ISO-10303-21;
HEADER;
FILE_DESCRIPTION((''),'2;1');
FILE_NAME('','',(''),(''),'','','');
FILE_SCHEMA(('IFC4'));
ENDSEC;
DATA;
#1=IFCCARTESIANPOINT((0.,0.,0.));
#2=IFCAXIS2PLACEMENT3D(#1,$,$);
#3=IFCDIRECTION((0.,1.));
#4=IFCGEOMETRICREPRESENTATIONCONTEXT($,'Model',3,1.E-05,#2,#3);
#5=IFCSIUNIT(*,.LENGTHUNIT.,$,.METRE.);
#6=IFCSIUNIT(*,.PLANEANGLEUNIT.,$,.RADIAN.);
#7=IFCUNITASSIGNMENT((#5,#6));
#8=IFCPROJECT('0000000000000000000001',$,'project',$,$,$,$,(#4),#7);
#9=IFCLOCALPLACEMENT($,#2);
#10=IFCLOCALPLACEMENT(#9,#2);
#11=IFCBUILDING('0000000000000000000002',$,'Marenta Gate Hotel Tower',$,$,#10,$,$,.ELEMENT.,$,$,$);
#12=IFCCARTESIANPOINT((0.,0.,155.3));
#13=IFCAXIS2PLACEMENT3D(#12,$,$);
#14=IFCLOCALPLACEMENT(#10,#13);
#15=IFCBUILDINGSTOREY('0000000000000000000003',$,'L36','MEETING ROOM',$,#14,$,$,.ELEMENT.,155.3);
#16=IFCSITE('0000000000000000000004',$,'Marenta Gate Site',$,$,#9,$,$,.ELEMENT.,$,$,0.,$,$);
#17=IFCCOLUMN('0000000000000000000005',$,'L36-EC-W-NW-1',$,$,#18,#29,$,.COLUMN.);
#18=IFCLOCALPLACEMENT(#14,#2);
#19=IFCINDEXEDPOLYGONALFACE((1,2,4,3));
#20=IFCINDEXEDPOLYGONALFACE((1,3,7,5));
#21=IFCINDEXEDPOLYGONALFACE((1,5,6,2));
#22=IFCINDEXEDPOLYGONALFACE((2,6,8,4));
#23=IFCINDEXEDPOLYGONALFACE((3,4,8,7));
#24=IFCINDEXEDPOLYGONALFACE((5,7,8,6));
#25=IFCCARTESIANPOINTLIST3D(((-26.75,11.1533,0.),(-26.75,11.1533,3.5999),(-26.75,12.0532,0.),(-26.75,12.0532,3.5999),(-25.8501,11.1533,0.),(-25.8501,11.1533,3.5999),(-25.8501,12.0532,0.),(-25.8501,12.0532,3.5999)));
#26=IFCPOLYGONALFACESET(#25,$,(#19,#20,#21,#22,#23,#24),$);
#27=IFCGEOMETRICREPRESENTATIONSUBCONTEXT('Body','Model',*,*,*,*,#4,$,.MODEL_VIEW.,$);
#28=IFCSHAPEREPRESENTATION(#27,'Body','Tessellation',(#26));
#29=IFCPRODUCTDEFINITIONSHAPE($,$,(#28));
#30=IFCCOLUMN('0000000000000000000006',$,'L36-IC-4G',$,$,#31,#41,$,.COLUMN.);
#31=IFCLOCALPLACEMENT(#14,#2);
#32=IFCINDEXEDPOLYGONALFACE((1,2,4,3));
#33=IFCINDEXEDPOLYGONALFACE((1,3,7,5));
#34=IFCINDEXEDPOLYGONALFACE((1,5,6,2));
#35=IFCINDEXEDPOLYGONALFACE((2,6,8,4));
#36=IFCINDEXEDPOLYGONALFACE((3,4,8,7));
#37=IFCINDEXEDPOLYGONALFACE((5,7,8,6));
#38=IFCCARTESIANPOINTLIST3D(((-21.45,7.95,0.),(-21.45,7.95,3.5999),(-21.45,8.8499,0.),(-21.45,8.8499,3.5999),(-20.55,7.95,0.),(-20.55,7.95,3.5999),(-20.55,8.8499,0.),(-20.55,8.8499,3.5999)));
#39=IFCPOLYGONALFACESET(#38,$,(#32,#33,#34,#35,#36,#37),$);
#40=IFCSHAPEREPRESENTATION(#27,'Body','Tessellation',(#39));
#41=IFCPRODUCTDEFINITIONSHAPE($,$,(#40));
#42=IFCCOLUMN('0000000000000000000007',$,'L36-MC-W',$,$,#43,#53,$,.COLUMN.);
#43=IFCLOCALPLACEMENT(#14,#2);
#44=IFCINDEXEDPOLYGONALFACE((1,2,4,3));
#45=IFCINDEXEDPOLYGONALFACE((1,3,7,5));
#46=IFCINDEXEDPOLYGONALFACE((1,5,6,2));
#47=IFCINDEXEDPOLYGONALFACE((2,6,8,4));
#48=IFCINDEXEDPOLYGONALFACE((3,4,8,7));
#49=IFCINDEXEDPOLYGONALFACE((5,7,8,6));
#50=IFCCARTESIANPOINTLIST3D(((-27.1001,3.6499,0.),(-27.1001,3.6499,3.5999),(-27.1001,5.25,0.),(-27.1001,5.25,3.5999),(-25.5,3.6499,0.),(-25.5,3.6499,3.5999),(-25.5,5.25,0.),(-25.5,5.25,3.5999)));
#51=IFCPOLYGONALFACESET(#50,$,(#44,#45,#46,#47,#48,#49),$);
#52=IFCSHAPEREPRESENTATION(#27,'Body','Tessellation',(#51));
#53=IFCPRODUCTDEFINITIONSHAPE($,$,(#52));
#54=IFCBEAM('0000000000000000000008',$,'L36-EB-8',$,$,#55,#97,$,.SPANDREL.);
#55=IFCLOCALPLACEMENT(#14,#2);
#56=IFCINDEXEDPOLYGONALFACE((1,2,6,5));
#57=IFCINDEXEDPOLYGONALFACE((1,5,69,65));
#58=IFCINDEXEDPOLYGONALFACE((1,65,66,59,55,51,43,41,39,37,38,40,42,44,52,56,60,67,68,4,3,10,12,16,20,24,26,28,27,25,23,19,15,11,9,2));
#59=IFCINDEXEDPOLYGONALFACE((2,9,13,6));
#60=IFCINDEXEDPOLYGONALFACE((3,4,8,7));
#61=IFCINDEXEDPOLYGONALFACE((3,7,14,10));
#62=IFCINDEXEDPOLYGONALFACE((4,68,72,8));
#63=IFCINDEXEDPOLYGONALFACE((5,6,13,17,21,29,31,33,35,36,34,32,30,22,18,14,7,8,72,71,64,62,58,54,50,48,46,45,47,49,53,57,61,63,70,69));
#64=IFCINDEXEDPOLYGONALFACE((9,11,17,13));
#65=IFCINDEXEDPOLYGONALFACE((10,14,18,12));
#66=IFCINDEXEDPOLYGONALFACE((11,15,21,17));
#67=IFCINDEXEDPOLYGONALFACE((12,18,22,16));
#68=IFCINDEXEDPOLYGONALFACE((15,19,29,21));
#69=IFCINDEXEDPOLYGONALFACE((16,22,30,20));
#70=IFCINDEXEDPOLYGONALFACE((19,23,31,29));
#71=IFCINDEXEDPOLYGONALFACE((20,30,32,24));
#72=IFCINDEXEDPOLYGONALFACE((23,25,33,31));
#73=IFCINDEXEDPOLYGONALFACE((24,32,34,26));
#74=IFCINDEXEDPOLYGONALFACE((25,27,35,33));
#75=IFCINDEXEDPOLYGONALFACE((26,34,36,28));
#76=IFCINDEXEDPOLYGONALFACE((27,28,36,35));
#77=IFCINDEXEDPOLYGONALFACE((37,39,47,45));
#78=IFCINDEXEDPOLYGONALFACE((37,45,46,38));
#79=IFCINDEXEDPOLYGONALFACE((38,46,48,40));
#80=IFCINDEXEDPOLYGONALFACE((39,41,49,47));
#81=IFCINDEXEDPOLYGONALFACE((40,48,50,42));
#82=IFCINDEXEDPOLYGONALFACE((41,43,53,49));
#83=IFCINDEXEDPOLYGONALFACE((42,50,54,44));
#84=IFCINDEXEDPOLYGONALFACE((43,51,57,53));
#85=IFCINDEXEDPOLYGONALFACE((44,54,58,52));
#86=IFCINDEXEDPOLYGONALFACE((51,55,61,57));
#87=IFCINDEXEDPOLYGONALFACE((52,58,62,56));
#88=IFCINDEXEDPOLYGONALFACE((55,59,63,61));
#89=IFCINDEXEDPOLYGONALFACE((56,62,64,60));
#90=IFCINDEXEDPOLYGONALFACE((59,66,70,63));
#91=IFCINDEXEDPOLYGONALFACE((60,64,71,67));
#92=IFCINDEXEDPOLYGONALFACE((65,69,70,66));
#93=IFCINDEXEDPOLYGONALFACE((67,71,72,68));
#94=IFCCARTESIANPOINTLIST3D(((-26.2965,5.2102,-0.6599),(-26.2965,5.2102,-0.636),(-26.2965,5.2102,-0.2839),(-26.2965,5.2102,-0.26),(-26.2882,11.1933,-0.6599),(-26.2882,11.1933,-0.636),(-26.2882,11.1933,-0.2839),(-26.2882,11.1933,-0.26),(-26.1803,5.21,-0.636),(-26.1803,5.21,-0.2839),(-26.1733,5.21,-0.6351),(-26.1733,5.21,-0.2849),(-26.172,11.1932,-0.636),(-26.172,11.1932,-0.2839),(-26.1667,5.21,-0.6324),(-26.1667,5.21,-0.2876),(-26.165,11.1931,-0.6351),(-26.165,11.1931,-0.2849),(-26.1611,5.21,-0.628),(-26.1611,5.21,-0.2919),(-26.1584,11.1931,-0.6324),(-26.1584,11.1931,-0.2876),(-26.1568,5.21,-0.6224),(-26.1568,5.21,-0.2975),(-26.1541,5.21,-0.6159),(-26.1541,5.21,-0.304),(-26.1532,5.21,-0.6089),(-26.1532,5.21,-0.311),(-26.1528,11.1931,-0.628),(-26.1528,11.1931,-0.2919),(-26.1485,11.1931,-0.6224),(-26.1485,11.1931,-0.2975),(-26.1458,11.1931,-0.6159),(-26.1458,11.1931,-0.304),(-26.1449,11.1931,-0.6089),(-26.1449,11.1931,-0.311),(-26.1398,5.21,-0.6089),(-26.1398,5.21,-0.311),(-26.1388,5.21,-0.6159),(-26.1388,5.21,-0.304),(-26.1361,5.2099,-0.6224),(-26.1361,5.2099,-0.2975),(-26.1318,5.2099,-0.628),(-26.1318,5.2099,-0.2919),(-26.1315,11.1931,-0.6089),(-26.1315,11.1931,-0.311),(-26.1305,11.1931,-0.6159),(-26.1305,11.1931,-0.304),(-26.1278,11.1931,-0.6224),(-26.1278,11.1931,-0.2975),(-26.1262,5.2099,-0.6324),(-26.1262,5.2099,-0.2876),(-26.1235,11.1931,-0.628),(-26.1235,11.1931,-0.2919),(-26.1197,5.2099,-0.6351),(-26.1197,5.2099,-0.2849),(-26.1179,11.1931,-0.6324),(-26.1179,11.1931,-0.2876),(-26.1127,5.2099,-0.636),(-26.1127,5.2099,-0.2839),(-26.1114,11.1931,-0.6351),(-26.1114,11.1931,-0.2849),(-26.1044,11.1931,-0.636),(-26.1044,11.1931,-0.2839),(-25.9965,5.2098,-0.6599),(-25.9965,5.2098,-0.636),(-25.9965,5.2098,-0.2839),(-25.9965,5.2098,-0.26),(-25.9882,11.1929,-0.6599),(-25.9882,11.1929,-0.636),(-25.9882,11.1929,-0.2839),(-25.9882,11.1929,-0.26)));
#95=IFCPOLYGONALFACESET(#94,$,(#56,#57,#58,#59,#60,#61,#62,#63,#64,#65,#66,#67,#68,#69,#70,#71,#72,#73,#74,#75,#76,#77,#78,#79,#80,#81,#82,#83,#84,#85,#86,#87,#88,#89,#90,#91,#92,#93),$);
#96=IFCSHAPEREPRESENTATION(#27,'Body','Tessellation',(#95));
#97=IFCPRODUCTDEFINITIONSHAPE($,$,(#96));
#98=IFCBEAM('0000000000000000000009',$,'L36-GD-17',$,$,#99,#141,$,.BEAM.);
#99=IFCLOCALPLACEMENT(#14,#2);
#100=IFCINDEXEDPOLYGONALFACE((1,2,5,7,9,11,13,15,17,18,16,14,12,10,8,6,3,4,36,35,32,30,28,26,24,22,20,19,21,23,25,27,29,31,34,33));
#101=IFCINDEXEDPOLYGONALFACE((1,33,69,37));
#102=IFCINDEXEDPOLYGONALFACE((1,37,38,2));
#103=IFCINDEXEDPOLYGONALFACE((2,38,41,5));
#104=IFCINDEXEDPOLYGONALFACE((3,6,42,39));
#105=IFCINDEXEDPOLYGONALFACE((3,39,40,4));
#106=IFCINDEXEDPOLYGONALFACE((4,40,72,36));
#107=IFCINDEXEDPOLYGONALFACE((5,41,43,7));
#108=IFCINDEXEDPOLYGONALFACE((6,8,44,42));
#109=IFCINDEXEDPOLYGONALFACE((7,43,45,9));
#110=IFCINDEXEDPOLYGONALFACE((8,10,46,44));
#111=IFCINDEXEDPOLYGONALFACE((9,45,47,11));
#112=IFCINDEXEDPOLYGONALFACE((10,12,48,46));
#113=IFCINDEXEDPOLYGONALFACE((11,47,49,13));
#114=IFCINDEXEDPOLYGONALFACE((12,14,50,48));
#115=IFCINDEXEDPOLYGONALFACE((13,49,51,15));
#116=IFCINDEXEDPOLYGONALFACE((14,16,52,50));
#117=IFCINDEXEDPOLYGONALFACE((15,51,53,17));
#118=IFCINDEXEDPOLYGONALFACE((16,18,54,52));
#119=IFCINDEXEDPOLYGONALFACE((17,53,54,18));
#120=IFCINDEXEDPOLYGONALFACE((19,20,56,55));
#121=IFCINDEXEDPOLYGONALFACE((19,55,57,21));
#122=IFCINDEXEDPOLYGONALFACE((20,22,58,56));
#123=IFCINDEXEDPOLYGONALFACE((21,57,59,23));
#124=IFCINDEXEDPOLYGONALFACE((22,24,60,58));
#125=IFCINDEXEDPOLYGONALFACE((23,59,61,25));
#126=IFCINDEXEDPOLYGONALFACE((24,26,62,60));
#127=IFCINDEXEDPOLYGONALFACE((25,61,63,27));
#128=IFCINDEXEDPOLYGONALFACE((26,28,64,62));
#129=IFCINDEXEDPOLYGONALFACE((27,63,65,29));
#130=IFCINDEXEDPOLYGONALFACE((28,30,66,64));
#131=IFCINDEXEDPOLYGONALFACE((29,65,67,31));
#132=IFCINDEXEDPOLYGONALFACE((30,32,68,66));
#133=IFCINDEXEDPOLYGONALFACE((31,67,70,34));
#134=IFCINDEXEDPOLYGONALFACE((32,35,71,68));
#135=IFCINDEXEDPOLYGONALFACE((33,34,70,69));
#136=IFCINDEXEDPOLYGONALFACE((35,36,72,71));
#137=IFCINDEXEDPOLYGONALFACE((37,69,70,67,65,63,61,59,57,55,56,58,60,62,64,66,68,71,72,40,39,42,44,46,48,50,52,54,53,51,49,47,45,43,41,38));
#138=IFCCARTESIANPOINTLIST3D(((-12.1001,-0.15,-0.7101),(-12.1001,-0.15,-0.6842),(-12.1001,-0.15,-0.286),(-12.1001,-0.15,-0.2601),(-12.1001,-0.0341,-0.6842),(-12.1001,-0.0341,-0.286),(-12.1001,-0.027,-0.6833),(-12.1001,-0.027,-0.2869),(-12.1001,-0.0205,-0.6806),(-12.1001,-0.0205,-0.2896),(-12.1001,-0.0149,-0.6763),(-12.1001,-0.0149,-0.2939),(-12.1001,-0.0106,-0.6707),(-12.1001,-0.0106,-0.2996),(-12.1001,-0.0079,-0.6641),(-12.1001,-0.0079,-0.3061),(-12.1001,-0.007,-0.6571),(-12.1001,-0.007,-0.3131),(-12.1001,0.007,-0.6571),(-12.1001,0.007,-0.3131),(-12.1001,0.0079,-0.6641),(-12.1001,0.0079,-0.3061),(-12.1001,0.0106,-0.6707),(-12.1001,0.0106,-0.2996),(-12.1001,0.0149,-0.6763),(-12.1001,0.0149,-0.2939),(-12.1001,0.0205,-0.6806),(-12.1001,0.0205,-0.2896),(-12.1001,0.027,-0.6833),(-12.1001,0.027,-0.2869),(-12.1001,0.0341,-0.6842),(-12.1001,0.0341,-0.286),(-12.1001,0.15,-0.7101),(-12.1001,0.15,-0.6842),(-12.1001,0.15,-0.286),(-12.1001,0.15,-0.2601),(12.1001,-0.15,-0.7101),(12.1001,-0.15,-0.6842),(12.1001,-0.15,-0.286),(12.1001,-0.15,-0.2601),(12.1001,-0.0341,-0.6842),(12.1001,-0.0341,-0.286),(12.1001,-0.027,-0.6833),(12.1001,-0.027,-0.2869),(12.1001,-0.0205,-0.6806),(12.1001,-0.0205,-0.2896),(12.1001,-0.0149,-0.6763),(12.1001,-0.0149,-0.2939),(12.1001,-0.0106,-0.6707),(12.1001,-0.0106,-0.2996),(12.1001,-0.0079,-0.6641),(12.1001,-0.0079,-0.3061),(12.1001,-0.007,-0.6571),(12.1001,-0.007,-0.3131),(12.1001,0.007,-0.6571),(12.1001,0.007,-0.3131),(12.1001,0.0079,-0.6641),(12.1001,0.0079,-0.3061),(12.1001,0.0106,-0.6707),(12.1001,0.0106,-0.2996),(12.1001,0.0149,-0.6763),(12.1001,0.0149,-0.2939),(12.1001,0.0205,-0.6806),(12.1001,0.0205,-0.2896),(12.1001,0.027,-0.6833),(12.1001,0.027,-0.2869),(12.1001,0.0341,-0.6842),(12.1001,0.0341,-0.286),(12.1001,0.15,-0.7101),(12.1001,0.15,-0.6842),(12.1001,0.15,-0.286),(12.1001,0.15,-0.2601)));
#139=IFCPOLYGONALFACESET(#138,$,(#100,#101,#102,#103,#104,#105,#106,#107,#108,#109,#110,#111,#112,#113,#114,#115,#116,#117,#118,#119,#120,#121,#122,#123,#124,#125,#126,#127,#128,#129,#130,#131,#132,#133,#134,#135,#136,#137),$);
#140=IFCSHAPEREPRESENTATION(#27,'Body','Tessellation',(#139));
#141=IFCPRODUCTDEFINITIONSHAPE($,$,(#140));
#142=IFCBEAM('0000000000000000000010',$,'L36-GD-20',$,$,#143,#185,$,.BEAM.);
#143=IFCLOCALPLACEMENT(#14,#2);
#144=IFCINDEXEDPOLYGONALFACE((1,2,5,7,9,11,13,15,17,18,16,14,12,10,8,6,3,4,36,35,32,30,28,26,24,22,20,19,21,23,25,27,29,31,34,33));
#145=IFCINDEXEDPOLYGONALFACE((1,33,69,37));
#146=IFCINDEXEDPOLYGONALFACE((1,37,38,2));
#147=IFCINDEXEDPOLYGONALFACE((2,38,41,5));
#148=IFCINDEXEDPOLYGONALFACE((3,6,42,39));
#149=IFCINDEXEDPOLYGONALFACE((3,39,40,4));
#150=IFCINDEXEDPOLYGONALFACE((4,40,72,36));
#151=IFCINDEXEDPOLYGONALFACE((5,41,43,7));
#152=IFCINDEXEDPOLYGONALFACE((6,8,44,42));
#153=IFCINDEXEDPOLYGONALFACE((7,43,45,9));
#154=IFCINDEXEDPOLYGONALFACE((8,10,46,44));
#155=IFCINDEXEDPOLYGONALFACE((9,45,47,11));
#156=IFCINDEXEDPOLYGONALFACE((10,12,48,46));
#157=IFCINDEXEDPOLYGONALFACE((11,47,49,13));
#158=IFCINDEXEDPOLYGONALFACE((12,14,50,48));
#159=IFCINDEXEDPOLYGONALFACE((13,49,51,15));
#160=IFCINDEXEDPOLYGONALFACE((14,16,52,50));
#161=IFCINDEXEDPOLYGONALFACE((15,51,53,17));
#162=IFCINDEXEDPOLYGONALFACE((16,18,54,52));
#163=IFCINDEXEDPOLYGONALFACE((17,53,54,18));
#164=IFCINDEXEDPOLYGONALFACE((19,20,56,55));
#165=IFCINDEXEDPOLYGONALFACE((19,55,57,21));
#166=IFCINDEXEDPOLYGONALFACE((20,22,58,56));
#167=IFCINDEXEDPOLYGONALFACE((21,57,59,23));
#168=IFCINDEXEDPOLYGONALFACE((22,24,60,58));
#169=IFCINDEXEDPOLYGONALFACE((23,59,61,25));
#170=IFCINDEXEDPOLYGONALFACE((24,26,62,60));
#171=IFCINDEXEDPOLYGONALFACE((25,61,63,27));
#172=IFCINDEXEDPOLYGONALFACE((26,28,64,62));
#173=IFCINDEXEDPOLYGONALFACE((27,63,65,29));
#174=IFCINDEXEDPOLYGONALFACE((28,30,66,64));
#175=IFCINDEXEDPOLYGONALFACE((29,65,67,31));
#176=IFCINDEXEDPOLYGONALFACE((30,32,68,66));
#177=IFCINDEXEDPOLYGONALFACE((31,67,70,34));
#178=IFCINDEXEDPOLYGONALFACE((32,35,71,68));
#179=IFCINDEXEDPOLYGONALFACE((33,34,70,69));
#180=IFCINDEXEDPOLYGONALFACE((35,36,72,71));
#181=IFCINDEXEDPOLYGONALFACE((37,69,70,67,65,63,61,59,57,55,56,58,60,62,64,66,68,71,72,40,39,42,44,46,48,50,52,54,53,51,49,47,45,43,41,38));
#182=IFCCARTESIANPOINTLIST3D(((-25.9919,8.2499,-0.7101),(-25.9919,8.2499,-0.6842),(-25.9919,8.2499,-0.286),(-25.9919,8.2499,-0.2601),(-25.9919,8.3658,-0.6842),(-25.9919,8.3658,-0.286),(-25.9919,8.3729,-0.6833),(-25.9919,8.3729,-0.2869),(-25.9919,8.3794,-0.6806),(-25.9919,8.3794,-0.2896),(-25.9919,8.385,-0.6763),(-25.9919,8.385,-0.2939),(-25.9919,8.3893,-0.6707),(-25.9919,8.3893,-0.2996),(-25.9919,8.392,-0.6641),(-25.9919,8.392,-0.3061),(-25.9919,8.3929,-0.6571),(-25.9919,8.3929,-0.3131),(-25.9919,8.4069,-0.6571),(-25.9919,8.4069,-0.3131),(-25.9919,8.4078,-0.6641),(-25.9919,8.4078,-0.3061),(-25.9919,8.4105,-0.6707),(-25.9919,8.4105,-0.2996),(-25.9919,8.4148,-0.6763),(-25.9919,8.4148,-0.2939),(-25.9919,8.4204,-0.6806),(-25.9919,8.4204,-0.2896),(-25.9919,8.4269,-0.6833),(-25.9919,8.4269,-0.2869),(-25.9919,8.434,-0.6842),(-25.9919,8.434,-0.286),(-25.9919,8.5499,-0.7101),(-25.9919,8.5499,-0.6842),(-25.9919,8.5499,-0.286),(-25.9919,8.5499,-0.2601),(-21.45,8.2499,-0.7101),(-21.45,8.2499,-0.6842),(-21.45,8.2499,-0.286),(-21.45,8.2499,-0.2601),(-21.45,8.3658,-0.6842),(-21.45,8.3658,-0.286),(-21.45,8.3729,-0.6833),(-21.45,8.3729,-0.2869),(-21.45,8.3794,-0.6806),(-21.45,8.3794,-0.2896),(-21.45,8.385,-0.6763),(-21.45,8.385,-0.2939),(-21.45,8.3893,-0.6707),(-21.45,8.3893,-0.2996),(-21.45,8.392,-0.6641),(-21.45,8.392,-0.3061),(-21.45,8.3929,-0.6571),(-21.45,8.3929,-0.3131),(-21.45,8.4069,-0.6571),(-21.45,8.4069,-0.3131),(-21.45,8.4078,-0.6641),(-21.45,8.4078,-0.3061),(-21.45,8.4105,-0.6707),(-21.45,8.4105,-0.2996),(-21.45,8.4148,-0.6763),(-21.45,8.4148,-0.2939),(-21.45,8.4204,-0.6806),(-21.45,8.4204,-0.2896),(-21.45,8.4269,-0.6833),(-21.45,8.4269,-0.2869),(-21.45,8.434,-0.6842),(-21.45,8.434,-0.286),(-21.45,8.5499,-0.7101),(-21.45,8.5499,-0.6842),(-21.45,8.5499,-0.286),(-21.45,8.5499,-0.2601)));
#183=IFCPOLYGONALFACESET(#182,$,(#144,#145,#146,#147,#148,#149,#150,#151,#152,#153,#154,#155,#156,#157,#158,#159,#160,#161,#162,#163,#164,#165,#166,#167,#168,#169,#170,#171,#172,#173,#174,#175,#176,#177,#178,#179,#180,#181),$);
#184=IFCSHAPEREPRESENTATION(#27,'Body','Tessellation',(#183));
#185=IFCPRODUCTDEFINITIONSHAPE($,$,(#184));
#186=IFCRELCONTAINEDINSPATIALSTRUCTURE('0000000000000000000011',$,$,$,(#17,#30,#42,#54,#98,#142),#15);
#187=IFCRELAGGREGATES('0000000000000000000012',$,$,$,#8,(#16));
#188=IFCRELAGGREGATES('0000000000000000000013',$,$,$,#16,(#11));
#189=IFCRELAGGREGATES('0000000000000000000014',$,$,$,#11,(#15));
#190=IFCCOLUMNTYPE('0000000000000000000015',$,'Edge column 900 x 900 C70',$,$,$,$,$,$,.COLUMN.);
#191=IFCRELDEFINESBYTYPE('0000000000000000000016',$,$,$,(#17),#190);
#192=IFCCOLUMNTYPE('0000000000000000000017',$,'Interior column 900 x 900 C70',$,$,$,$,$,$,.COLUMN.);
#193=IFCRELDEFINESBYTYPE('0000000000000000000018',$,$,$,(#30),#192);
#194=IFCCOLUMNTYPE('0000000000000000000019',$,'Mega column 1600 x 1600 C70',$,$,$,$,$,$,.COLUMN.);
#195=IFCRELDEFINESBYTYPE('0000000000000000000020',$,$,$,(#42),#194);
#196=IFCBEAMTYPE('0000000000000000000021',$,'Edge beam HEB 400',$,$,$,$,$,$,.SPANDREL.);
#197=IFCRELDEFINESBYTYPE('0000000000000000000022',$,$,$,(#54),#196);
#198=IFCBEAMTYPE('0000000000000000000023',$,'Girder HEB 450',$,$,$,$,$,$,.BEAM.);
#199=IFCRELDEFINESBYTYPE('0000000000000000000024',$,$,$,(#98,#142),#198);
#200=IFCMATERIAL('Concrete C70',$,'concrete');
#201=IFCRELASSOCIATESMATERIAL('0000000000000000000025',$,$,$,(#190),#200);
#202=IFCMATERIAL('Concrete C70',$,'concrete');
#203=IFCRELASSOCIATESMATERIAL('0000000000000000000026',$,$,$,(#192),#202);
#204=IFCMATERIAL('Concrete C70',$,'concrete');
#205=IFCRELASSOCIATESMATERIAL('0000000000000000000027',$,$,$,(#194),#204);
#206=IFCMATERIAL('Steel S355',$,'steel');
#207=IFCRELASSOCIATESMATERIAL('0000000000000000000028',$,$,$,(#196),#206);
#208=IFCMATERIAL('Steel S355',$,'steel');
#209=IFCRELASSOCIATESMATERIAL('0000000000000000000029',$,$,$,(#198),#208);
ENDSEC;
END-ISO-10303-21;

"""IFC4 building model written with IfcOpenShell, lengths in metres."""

from ifc_helpers import new_model, si_unit, direction, frame, origin, origin_2d, place, context, subcontext, project, spatial, rectangle, i_section, extrude, material, material_profile, profile_set, type_object, element, save


model = new_model("IFC4")

# Units and contexts
model_context = context("Model", 3, precision=1e-05, world=origin(), true_north=direction((0.0, 1.0)))
body_context = subcontext(model_context, "Body", "Model", "MODEL_VIEW")
ifc_project = project(units=[si_unit("LENGTHUNIT", "METRE"), si_unit("PLANEANGLEUNIT", "RADIAN")], contexts=[model_context])

# Site, building, storey
site_placement = place(None, origin())
site = spatial("IfcSite", under=ifc_project, at=site_placement, Name="Marenta Gate Site", CompositionType="ELEMENT", RefElevation=0.0)
building_placement = place(site_placement, origin())
building = spatial("IfcBuilding", under=site, at=building_placement, Name="Marenta Gate Hotel Tower", CompositionType="ELEMENT")
storey_placement = place(building_placement, frame((0.0, 0.0, 155.3)))
storey = spatial("IfcBuildingStorey", under=building, at=storey_placement, Name="L36", Description="MEETING ROOM", CompositionType="ELEMENT", Elevation=155.3)

# Columns
ifc_material_1 = material(Name="Concrete C70", Category="concrete")
ifc_material_profile_1 = material_profile(ifc_material_1, rectangle(XDim=0.8999, YDim=0.8999, at=origin_2d()), Name="900 x 900")
ifc_profile_set_1 = profile_set([ifc_material_profile_1], Name="Concrete C70")
column_type_1 = type_object("IfcColumnType", Name="Edge column 900 x 900 C70", PredefinedType="COLUMN", material=ifc_profile_set_1)
column_1_placement = place(storey_placement, frame((-26.3, 11.6033, 0.0), z_axis=(0.0, 0.0, 1.0), x_axis=(1.0, 0.0, 0.0)))
element("IfcColumn", 1, at=column_1_placement, inside=storey, type_object=column_type_1, Name="L36-EC-W-NW-1", PredefinedType="COLUMN", context=body_context, shape_type="SweptSolid", body=[
    extrude(rectangle(XDim=0.8999, YDim=0.8999, at=origin_2d()), origin(), (0.0, 0.0, 1.0), 3.5999),
])
ifc_material_2 = material(Name="Concrete C70", Category="concrete")
ifc_material_profile_2 = material_profile(ifc_material_2, rectangle(XDim=0.8999, YDim=0.8999, at=origin_2d()), Name="900 x 900")
ifc_profile_set_2 = profile_set([ifc_material_profile_2], Name="Concrete C70")
column_type_2 = type_object("IfcColumnType", Name="Interior column 900 x 900 C70", PredefinedType="COLUMN", material=ifc_profile_set_2)
column_2_placement = place(storey_placement, frame((-21.0, 8.3999, 0.0), z_axis=(0.0, 0.0, 1.0), x_axis=(1.0, 0.0, 0.0)))
element("IfcColumn", 2, at=column_2_placement, inside=storey, type_object=column_type_2, Name="L36-IC-4G", PredefinedType="COLUMN", context=body_context, shape_type="SweptSolid", body=[
    extrude(rectangle(XDim=0.8999, YDim=0.8999, at=origin_2d()), origin(), (0.0, 0.0, 1.0), 3.5999),
])
ifc_material_3 = material(Name="Concrete C70", Category="concrete")
ifc_material_profile_3 = material_profile(ifc_material_3, rectangle(XDim=1.6001, YDim=1.6001, at=origin_2d()), Name="1600 x 1600")
ifc_profile_set_3 = profile_set([ifc_material_profile_3], Name="Concrete C70")
column_type_3 = type_object("IfcColumnType", Name="Mega column 1600 x 1600 C70", PredefinedType="COLUMN", material=ifc_profile_set_3)
column_3_placement = place(storey_placement, frame((-26.3, 4.45, 0.0), z_axis=(0.0, 0.0, 1.0), x_axis=(1.0, 0.0, 0.0)))
element("IfcColumn", 3, at=column_3_placement, inside=storey, type_object=column_type_3, Name="L36-MC-W", PredefinedType="COLUMN", context=body_context, shape_type="SweptSolid", body=[
    extrude(rectangle(XDim=1.6001, YDim=1.6001, at=origin_2d()), origin(), (0.0, 0.0, 1.0), 3.5999),
])

# Beams
ifc_material_4 = material(Name="Steel S355", Category="steel")
ifc_material_profile_4 = material_profile(ifc_material_4, i_section(OverallWidth=0.3, OverallDepth=0.3999, WebThickness=0.0134, FlangeThickness=0.0239, FilletRadius=0.0271, at=origin_2d()), Name="HEB 400")
ifc_profile_set_4 = profile_set([ifc_material_profile_4], Name="Steel S355")
beam_type_1 = type_object("IfcBeamType", Name="Edge beam HEB 400", PredefinedType="SPANDREL", material=ifc_profile_set_4)
beam_1_placement = place(storey_placement, frame((-26.1465, 5.21, -0.46), z_axis=(0.001387, 0.999999, 0.0), x_axis=(-0.999999, 0.001387, 0.0)))
element("IfcBeam", 4, at=beam_1_placement, inside=storey, type_object=beam_type_1, Name="L36-EB-8", PredefinedType="SPANDREL", context=body_context, shape_type="SweptSolid", body=[
    extrude(i_section(OverallWidth=0.3, OverallDepth=0.3999, WebThickness=0.0134, FlangeThickness=0.0239, FilletRadius=0.0271, at=origin_2d()), origin(), (0.0, 0.0, 1.0), 5.9832),
])
ifc_material_5 = material(Name="Steel S355", Category="steel")
ifc_material_profile_5 = material_profile(ifc_material_5, i_section(OverallWidth=0.3, OverallDepth=0.45, WebThickness=0.0139, FlangeThickness=0.0259, FilletRadius=0.0271, at=origin_2d()), Name="HEB 450")
ifc_profile_set_5 = profile_set([ifc_material_profile_5], Name="Steel S355")
beam_type_2 = type_object("IfcBeamType", Name="Girder HEB 450", PredefinedType="BEAM", material=ifc_profile_set_5)
beam_2_placement = place(storey_placement, frame((-12.1001, 0.0, -0.4851), z_axis=(1.0, 0.0, 0.0), x_axis=(0.0, 1.0, 0.0)))
element("IfcBeam", 5, at=beam_2_placement, inside=storey, type_object=beam_type_2, Name="L36-GD-17", PredefinedType="BEAM", context=body_context, shape_type="SweptSolid", body=[
    extrude(i_section(OverallWidth=0.3, OverallDepth=0.45, WebThickness=0.0139, FlangeThickness=0.0259, FilletRadius=0.0271, at=origin_2d()), origin(), (0.0, 0.0, 1.0), 24.2002),
])
beam_3_placement = place(storey_placement, frame((-25.9919, 8.3999, -0.4851), z_axis=(1.0, 0.0, 0.0), x_axis=(0.0, 1.0, 0.0)))
element("IfcBeam", 6, at=beam_3_placement, inside=storey, type_object=beam_type_2, Name="L36-GD-20", PredefinedType="BEAM", context=body_context, shape_type="SweptSolid", body=[
    extrude(i_section(OverallWidth=0.3, OverallDepth=0.45, WebThickness=0.0139, FlangeThickness=0.0259, FilletRadius=0.0271, at=origin_2d()), origin(), (0.0, 0.0, 1.0), 4.542),
])

save(model, "model.ifc")
